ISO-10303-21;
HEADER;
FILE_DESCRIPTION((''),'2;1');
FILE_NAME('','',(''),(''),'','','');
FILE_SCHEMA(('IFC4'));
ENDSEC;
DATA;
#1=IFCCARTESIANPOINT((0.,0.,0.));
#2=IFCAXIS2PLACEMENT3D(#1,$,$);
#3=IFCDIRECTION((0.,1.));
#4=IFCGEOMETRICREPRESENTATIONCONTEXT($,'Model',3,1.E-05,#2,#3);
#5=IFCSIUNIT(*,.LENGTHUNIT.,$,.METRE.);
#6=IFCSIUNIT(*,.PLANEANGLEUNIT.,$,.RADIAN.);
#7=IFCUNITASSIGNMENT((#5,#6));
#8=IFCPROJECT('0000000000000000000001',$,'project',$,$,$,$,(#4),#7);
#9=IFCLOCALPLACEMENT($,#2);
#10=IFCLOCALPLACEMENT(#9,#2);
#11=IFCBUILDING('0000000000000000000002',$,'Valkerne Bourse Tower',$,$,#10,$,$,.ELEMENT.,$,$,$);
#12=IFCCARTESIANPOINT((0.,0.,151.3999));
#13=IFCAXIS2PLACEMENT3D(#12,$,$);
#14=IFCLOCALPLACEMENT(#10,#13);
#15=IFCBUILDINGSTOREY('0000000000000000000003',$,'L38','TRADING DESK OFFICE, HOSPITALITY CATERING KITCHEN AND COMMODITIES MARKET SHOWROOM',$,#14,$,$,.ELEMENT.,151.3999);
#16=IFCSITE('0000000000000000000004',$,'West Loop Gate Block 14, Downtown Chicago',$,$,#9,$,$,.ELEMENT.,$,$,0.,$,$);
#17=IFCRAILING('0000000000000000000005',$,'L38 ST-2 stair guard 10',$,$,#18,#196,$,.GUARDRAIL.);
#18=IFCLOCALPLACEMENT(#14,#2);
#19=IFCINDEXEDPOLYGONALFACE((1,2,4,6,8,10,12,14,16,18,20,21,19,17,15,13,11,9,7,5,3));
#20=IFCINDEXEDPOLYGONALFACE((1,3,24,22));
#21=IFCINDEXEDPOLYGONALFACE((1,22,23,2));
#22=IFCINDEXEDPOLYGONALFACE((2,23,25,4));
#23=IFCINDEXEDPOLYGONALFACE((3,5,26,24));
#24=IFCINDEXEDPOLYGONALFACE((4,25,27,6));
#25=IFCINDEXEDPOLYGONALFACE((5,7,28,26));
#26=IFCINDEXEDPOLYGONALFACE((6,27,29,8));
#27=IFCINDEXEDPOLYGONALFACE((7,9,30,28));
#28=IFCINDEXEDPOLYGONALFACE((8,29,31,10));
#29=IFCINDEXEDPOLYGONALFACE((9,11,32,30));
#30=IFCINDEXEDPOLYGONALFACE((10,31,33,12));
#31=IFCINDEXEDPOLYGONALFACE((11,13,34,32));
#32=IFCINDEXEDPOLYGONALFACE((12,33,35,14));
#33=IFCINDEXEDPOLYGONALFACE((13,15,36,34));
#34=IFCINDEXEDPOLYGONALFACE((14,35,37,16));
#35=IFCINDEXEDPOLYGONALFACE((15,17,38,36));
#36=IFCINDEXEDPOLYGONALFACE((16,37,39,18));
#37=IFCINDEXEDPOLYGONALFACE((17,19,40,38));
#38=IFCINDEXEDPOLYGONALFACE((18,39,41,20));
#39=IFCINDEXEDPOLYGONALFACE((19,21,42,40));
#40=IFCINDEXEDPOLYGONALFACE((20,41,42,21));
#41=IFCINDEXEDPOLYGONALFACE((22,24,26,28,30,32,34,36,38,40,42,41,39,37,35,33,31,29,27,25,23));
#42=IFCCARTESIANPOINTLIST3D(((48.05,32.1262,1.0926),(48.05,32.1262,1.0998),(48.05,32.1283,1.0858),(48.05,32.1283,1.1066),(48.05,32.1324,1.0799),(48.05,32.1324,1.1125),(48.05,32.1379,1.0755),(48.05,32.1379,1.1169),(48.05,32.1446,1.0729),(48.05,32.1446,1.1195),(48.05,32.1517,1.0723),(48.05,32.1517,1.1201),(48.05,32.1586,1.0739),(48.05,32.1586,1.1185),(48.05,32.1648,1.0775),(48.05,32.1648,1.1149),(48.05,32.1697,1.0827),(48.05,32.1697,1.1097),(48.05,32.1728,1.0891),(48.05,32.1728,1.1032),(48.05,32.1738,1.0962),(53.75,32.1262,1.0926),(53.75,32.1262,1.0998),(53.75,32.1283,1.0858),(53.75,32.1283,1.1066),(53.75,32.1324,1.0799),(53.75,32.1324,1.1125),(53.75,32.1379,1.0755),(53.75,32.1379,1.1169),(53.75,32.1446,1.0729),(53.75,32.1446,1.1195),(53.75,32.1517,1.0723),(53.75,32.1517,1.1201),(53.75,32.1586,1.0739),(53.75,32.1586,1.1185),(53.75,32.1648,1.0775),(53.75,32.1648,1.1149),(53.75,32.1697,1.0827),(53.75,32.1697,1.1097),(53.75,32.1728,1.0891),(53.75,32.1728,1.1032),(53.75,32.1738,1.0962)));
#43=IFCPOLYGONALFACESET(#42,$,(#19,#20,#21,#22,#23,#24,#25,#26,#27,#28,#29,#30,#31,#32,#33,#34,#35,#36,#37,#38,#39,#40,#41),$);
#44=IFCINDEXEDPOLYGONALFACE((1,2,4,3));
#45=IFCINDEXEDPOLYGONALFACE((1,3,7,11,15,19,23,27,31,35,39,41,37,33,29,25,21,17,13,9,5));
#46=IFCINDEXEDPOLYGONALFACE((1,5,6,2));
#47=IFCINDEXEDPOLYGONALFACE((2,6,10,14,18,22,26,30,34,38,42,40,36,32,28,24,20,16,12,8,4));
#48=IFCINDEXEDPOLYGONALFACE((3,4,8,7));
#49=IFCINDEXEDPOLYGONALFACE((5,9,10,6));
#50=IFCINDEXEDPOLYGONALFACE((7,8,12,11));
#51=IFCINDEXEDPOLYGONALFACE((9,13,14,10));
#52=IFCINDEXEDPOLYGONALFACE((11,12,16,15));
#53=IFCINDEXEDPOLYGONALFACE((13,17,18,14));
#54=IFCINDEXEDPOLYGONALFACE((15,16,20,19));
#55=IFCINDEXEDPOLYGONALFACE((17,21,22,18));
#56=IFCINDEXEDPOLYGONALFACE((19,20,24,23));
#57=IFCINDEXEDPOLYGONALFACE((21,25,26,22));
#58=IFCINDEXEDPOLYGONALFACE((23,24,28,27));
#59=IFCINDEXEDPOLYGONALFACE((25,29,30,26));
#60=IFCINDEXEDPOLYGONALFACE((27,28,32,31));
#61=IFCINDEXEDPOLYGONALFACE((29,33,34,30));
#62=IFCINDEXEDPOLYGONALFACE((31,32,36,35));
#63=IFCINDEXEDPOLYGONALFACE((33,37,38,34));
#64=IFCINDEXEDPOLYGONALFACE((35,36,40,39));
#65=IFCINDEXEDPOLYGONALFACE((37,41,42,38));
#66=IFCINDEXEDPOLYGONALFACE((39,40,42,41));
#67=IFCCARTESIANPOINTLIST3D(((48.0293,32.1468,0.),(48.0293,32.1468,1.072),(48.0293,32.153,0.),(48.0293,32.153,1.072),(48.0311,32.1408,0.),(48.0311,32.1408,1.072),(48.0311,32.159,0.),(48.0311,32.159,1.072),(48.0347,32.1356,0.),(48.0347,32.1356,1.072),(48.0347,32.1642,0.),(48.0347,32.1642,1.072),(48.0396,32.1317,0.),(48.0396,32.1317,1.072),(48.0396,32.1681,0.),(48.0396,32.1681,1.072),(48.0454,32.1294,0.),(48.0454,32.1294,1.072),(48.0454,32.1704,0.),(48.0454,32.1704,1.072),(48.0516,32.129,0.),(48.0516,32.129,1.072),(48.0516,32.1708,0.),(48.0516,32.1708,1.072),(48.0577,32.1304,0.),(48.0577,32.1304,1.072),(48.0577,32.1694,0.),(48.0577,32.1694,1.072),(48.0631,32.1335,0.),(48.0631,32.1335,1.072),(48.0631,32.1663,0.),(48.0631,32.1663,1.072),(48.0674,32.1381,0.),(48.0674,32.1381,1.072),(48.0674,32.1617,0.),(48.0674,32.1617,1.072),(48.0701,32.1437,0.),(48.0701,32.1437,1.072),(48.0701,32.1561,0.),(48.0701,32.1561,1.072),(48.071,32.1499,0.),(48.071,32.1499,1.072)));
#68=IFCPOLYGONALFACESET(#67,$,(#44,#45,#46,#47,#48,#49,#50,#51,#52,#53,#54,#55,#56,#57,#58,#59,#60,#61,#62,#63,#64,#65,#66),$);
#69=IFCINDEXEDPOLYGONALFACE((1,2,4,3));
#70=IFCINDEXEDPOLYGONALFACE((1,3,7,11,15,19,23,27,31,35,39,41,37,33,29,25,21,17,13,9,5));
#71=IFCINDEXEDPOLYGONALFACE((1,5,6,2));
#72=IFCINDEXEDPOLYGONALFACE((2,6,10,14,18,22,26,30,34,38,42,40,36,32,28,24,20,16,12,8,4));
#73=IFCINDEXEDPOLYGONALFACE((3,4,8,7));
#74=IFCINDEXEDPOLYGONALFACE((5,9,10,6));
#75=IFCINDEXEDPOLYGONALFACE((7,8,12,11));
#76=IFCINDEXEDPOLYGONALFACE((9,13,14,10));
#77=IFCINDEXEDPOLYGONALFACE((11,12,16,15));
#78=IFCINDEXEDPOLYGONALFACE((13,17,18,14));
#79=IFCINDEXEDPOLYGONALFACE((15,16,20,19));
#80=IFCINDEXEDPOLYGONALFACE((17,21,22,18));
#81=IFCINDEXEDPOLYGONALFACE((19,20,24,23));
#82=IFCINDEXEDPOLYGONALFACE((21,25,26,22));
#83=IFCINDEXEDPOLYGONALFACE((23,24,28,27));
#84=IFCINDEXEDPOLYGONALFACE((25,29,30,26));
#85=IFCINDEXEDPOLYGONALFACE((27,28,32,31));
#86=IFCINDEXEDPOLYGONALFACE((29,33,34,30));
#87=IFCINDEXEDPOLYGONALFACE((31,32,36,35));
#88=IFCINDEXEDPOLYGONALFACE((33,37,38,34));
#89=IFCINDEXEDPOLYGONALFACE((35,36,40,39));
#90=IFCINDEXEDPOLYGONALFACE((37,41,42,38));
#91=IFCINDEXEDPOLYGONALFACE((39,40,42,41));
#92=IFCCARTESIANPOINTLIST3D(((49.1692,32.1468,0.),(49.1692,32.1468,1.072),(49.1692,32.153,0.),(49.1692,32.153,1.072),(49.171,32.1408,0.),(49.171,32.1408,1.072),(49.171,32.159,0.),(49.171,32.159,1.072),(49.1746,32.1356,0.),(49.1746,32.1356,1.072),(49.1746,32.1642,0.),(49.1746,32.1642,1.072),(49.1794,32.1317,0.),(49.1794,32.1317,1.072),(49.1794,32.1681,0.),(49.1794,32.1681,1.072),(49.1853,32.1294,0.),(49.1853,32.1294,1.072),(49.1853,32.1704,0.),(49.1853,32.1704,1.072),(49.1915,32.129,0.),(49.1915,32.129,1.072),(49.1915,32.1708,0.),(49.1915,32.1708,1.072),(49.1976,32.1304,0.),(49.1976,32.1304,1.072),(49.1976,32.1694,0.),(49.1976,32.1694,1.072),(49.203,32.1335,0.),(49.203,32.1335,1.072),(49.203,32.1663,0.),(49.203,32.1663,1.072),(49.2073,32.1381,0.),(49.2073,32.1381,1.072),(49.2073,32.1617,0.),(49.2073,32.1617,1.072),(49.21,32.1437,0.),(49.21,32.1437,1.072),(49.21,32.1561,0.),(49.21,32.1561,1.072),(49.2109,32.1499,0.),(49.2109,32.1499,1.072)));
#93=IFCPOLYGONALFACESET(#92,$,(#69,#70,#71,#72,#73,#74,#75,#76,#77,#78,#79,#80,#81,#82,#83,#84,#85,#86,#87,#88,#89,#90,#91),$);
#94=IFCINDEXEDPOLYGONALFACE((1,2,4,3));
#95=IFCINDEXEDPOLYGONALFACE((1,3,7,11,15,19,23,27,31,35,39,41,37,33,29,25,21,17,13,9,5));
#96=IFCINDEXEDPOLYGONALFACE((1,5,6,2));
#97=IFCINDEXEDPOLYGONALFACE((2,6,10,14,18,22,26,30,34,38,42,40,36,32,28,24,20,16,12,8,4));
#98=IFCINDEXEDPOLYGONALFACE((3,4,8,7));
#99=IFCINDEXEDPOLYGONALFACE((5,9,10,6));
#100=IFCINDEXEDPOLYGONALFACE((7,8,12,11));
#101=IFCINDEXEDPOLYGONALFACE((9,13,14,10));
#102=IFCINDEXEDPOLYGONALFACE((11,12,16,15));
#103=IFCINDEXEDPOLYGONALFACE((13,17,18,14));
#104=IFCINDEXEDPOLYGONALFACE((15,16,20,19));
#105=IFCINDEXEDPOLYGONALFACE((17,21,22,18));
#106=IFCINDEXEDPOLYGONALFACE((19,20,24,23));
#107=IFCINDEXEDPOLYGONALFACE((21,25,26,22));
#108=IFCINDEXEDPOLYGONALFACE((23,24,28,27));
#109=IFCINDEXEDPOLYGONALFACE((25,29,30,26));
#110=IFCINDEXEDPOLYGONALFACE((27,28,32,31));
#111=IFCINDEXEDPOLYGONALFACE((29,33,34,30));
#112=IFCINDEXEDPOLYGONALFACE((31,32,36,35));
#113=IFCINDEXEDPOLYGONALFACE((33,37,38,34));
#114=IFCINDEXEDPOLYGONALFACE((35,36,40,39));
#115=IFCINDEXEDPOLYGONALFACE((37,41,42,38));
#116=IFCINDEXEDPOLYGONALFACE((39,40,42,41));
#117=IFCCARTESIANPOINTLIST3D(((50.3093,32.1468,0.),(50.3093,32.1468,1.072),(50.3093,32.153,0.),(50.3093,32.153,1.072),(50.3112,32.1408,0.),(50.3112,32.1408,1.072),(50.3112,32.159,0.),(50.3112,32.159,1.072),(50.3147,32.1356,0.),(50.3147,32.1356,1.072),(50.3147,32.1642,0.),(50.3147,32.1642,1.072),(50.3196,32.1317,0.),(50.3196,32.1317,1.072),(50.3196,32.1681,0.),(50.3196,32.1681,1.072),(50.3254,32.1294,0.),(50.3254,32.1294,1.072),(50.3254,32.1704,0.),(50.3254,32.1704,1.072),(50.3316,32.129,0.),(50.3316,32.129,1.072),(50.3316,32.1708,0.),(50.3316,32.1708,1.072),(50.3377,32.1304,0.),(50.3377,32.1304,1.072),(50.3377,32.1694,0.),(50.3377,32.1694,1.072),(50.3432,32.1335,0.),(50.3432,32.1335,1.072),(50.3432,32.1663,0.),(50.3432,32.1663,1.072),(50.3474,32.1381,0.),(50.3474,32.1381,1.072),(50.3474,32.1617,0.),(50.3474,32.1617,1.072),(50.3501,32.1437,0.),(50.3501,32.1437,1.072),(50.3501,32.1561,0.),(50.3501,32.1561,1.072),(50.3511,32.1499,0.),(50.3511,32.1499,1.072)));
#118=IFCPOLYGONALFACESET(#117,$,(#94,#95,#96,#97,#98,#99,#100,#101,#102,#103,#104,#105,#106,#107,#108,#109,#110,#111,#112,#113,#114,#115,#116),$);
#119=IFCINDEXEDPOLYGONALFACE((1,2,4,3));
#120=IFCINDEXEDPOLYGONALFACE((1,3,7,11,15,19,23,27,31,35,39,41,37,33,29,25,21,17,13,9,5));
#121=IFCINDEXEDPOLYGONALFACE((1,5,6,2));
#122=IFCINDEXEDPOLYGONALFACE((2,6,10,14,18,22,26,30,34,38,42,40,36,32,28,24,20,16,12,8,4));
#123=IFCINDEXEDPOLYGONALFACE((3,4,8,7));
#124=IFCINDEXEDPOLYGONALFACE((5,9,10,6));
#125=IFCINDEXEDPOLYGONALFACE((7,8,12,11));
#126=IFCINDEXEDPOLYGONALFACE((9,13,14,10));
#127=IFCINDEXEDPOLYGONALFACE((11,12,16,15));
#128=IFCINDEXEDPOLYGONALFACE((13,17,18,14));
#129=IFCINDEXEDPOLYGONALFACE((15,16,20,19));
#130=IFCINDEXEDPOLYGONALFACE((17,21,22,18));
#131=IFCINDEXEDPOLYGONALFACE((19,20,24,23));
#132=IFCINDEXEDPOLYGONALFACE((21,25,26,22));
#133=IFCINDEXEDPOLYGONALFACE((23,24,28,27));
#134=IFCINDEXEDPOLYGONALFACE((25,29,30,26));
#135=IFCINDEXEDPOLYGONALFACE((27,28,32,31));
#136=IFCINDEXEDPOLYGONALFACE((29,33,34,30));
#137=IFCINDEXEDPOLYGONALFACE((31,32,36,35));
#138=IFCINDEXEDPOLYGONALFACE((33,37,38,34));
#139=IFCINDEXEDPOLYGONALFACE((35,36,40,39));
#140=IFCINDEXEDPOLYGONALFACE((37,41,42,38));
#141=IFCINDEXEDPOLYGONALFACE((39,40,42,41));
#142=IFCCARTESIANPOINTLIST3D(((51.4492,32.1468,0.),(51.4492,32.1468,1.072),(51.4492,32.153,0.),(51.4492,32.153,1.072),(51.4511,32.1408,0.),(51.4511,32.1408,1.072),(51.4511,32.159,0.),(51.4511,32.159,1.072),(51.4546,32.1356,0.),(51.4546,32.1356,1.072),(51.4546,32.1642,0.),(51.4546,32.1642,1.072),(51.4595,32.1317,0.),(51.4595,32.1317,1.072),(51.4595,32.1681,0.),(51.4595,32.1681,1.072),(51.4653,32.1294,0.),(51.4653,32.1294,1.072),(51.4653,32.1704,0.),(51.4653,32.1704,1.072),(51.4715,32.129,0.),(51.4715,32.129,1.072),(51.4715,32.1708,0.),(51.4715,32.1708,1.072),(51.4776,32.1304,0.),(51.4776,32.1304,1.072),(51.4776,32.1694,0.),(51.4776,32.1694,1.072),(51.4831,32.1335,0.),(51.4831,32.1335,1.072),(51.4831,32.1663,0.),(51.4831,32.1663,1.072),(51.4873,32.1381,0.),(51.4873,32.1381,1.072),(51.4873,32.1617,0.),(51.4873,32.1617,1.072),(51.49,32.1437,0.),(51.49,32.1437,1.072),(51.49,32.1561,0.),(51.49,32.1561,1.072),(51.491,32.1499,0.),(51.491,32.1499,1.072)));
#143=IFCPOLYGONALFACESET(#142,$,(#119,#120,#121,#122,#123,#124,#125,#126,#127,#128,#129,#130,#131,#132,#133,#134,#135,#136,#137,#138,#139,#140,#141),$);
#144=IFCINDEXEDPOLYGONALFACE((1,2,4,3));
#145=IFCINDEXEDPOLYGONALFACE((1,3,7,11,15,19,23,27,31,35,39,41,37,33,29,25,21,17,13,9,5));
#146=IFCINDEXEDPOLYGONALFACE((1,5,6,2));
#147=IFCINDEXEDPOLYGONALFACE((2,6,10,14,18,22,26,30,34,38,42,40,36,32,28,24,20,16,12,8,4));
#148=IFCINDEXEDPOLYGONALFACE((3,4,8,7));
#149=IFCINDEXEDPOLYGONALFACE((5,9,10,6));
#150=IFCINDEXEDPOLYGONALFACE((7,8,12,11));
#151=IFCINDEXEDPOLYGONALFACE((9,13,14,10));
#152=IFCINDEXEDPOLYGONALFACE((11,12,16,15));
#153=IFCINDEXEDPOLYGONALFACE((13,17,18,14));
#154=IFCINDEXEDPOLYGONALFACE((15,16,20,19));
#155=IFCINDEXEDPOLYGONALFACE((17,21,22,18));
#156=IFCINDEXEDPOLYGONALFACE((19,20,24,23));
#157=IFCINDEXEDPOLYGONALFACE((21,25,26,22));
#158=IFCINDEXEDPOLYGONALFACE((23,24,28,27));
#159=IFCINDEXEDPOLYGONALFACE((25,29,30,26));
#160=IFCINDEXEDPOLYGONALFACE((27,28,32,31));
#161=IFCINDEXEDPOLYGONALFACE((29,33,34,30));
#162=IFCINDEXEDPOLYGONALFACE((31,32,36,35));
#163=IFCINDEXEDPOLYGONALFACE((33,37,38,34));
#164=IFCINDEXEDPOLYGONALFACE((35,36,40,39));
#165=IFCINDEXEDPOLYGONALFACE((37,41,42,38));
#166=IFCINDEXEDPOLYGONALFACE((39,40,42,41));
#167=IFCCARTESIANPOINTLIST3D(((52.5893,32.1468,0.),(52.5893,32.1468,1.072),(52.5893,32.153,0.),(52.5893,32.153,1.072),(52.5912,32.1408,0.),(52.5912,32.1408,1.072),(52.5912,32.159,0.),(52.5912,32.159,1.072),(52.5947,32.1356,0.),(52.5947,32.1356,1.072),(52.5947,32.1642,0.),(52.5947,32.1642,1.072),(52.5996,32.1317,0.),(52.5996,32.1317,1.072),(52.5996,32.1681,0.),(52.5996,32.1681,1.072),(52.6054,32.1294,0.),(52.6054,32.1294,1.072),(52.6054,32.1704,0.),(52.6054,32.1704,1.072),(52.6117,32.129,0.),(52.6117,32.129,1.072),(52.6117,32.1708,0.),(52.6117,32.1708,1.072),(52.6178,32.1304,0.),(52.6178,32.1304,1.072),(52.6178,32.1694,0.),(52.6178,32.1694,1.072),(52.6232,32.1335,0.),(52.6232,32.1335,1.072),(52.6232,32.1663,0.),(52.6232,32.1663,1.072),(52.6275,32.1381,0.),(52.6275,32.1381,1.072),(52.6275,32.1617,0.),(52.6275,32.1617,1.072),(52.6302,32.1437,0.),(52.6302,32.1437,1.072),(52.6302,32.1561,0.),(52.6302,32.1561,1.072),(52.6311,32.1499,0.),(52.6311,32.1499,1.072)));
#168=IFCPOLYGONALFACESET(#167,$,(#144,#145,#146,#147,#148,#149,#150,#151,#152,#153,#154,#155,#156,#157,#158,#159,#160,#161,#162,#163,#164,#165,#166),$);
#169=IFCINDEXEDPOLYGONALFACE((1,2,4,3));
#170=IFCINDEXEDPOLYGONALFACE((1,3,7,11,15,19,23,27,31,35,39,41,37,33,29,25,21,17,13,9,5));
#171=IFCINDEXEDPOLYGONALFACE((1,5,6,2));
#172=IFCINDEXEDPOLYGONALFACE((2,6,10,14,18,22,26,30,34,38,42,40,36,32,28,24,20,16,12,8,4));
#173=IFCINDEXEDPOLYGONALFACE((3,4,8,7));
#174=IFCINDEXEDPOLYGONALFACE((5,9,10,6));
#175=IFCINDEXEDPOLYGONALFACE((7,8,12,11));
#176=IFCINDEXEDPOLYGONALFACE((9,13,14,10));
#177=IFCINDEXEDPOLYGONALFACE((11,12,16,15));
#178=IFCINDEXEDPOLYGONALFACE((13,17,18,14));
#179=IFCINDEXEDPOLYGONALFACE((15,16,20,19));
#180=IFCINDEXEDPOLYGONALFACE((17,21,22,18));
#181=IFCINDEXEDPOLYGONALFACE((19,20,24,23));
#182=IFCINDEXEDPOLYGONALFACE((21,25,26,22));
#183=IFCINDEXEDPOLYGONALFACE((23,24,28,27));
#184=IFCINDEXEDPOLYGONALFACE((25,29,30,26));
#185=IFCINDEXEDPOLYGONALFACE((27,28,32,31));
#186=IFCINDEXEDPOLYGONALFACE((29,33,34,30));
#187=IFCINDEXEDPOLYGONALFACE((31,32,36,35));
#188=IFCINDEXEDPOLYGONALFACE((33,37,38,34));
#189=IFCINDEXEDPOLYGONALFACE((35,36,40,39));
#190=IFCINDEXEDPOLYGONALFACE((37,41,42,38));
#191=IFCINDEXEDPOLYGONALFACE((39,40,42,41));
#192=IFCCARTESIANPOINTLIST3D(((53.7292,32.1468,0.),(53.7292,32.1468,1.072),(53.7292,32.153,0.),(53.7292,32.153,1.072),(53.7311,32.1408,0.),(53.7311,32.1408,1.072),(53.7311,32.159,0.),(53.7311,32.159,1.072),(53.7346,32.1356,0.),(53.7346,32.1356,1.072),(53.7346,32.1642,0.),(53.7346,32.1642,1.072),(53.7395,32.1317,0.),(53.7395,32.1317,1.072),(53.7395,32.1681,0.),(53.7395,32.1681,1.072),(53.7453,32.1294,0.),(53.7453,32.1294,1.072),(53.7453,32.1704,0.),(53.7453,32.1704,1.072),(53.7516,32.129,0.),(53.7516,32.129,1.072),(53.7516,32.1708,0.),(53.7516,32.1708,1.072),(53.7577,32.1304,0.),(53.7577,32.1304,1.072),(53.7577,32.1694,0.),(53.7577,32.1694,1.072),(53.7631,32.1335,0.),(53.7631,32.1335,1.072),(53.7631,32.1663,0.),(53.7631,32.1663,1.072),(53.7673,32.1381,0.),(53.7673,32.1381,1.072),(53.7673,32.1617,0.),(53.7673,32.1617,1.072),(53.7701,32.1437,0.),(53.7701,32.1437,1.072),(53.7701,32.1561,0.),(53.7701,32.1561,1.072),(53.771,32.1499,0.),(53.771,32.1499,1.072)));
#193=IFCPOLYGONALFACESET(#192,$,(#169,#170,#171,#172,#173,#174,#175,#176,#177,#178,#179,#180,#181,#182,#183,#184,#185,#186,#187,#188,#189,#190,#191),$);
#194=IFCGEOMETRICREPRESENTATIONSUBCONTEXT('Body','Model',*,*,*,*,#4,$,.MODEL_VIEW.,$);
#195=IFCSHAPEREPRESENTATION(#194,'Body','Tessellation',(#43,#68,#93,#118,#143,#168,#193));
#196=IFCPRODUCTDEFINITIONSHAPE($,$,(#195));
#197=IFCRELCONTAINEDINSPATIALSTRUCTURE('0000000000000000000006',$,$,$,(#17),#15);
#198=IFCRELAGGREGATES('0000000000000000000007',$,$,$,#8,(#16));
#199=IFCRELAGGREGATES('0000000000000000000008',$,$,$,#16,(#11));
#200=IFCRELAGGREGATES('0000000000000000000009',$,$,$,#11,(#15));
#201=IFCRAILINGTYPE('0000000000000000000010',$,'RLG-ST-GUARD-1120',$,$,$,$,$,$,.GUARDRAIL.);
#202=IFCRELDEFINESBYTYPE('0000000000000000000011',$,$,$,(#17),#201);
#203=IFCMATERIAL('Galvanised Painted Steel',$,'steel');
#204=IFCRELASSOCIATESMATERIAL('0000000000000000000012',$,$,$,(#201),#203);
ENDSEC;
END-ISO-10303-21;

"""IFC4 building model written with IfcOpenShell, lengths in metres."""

from ifc_helpers import new_model, si_unit, direction, frame, origin, origin_2d, place, context, subcontext, project, spatial, circle, extrude, material, type_object, element, save


model = new_model("IFC4")

# Units and contexts
model_context = context("Model", 3, precision=1e-05, world=origin(), true_north=direction((0.0, 1.0)))
body_context = subcontext(model_context, "Body", "Model", "MODEL_VIEW")
ifc_project = project(units=[si_unit("LENGTHUNIT", "METRE"), si_unit("PLANEANGLEUNIT", "RADIAN")], contexts=[model_context])

# Site, building, storey
site_placement = place(None, origin())
site = spatial("IfcSite", under=ifc_project, at=site_placement, Name="West Loop Gate Block 14, Downtown Chicago", CompositionType="ELEMENT", RefElevation=0.0)
building_placement = place(site_placement, origin())
building = spatial("IfcBuilding", under=site, at=building_placement, Name="Valkerne Bourse Tower", CompositionType="ELEMENT")
storey_placement = place(building_placement, frame((0.0, 0.0, 151.3999)))
storey = spatial("IfcBuildingStorey", under=building, at=storey_placement, Name="L38", Description="TRADING DESK OFFICE, HOSPITALITY CATERING KITCHEN AND COMMODITIES MARKET SHOWROOM", CompositionType="ELEMENT", Elevation=151.3999)

# Shared definitions
ifc_material_1 = material(Name="Galvanised Painted Steel", Category="steel")

# Railing
railing_type_1 = type_object("IfcRailingType", Name="RLG-ST-GUARD-1120", PredefinedType="GUARDRAIL", material=ifc_material_1)
for number, where, name in (
    (1, (48.05, 32.1499, 0.0), "L38 ST-2 stair guard 10"),
):
    element("IfcRailing", number, at=place(storey_placement, frame(where)), inside=storey, type_object=railing_type_1, Name=name, PredefinedType="GUARDRAIL", context=body_context, shape_type="SweptSolid", body=[
        extrude(circle(Radius=0.0239, at=origin_2d()), frame((0.0, 0.0, 1.0962), z_axis=(1.0, 0.0, 0.0), x_axis=(0.0, 1.0, 0.0)), (0.0, 0.0, 1.0), 5.7),
        extrude(circle(Radius=0.021, at=origin_2d()), origin(), (0.0, 0.0, 1.0), 1.072),
        extrude(circle(Radius=0.021, at=origin_2d()), frame((1.1399, 0.0, 0.0)), (0.0, 0.0, 1.0), 1.072),
        extrude(circle(Radius=0.021, at=origin_2d()), frame((2.28, 0.0, 0.0)), (0.0, 0.0, 1.0), 1.072),
        extrude(circle(Radius=0.021, at=origin_2d()), frame((3.4199, 0.0, 0.0)), (0.0, 0.0, 1.0), 1.072),
        extrude(circle(Radius=0.021, at=origin_2d()), frame((4.5601, 0.0, 0.0)), (0.0, 0.0, 1.0), 1.072),
        extrude(circle(Radius=0.021, at=origin_2d()), frame((5.7, 0.0, 0.0)), (0.0, 0.0, 1.0), 1.072),
    ])

save(model, "model.ifc")
